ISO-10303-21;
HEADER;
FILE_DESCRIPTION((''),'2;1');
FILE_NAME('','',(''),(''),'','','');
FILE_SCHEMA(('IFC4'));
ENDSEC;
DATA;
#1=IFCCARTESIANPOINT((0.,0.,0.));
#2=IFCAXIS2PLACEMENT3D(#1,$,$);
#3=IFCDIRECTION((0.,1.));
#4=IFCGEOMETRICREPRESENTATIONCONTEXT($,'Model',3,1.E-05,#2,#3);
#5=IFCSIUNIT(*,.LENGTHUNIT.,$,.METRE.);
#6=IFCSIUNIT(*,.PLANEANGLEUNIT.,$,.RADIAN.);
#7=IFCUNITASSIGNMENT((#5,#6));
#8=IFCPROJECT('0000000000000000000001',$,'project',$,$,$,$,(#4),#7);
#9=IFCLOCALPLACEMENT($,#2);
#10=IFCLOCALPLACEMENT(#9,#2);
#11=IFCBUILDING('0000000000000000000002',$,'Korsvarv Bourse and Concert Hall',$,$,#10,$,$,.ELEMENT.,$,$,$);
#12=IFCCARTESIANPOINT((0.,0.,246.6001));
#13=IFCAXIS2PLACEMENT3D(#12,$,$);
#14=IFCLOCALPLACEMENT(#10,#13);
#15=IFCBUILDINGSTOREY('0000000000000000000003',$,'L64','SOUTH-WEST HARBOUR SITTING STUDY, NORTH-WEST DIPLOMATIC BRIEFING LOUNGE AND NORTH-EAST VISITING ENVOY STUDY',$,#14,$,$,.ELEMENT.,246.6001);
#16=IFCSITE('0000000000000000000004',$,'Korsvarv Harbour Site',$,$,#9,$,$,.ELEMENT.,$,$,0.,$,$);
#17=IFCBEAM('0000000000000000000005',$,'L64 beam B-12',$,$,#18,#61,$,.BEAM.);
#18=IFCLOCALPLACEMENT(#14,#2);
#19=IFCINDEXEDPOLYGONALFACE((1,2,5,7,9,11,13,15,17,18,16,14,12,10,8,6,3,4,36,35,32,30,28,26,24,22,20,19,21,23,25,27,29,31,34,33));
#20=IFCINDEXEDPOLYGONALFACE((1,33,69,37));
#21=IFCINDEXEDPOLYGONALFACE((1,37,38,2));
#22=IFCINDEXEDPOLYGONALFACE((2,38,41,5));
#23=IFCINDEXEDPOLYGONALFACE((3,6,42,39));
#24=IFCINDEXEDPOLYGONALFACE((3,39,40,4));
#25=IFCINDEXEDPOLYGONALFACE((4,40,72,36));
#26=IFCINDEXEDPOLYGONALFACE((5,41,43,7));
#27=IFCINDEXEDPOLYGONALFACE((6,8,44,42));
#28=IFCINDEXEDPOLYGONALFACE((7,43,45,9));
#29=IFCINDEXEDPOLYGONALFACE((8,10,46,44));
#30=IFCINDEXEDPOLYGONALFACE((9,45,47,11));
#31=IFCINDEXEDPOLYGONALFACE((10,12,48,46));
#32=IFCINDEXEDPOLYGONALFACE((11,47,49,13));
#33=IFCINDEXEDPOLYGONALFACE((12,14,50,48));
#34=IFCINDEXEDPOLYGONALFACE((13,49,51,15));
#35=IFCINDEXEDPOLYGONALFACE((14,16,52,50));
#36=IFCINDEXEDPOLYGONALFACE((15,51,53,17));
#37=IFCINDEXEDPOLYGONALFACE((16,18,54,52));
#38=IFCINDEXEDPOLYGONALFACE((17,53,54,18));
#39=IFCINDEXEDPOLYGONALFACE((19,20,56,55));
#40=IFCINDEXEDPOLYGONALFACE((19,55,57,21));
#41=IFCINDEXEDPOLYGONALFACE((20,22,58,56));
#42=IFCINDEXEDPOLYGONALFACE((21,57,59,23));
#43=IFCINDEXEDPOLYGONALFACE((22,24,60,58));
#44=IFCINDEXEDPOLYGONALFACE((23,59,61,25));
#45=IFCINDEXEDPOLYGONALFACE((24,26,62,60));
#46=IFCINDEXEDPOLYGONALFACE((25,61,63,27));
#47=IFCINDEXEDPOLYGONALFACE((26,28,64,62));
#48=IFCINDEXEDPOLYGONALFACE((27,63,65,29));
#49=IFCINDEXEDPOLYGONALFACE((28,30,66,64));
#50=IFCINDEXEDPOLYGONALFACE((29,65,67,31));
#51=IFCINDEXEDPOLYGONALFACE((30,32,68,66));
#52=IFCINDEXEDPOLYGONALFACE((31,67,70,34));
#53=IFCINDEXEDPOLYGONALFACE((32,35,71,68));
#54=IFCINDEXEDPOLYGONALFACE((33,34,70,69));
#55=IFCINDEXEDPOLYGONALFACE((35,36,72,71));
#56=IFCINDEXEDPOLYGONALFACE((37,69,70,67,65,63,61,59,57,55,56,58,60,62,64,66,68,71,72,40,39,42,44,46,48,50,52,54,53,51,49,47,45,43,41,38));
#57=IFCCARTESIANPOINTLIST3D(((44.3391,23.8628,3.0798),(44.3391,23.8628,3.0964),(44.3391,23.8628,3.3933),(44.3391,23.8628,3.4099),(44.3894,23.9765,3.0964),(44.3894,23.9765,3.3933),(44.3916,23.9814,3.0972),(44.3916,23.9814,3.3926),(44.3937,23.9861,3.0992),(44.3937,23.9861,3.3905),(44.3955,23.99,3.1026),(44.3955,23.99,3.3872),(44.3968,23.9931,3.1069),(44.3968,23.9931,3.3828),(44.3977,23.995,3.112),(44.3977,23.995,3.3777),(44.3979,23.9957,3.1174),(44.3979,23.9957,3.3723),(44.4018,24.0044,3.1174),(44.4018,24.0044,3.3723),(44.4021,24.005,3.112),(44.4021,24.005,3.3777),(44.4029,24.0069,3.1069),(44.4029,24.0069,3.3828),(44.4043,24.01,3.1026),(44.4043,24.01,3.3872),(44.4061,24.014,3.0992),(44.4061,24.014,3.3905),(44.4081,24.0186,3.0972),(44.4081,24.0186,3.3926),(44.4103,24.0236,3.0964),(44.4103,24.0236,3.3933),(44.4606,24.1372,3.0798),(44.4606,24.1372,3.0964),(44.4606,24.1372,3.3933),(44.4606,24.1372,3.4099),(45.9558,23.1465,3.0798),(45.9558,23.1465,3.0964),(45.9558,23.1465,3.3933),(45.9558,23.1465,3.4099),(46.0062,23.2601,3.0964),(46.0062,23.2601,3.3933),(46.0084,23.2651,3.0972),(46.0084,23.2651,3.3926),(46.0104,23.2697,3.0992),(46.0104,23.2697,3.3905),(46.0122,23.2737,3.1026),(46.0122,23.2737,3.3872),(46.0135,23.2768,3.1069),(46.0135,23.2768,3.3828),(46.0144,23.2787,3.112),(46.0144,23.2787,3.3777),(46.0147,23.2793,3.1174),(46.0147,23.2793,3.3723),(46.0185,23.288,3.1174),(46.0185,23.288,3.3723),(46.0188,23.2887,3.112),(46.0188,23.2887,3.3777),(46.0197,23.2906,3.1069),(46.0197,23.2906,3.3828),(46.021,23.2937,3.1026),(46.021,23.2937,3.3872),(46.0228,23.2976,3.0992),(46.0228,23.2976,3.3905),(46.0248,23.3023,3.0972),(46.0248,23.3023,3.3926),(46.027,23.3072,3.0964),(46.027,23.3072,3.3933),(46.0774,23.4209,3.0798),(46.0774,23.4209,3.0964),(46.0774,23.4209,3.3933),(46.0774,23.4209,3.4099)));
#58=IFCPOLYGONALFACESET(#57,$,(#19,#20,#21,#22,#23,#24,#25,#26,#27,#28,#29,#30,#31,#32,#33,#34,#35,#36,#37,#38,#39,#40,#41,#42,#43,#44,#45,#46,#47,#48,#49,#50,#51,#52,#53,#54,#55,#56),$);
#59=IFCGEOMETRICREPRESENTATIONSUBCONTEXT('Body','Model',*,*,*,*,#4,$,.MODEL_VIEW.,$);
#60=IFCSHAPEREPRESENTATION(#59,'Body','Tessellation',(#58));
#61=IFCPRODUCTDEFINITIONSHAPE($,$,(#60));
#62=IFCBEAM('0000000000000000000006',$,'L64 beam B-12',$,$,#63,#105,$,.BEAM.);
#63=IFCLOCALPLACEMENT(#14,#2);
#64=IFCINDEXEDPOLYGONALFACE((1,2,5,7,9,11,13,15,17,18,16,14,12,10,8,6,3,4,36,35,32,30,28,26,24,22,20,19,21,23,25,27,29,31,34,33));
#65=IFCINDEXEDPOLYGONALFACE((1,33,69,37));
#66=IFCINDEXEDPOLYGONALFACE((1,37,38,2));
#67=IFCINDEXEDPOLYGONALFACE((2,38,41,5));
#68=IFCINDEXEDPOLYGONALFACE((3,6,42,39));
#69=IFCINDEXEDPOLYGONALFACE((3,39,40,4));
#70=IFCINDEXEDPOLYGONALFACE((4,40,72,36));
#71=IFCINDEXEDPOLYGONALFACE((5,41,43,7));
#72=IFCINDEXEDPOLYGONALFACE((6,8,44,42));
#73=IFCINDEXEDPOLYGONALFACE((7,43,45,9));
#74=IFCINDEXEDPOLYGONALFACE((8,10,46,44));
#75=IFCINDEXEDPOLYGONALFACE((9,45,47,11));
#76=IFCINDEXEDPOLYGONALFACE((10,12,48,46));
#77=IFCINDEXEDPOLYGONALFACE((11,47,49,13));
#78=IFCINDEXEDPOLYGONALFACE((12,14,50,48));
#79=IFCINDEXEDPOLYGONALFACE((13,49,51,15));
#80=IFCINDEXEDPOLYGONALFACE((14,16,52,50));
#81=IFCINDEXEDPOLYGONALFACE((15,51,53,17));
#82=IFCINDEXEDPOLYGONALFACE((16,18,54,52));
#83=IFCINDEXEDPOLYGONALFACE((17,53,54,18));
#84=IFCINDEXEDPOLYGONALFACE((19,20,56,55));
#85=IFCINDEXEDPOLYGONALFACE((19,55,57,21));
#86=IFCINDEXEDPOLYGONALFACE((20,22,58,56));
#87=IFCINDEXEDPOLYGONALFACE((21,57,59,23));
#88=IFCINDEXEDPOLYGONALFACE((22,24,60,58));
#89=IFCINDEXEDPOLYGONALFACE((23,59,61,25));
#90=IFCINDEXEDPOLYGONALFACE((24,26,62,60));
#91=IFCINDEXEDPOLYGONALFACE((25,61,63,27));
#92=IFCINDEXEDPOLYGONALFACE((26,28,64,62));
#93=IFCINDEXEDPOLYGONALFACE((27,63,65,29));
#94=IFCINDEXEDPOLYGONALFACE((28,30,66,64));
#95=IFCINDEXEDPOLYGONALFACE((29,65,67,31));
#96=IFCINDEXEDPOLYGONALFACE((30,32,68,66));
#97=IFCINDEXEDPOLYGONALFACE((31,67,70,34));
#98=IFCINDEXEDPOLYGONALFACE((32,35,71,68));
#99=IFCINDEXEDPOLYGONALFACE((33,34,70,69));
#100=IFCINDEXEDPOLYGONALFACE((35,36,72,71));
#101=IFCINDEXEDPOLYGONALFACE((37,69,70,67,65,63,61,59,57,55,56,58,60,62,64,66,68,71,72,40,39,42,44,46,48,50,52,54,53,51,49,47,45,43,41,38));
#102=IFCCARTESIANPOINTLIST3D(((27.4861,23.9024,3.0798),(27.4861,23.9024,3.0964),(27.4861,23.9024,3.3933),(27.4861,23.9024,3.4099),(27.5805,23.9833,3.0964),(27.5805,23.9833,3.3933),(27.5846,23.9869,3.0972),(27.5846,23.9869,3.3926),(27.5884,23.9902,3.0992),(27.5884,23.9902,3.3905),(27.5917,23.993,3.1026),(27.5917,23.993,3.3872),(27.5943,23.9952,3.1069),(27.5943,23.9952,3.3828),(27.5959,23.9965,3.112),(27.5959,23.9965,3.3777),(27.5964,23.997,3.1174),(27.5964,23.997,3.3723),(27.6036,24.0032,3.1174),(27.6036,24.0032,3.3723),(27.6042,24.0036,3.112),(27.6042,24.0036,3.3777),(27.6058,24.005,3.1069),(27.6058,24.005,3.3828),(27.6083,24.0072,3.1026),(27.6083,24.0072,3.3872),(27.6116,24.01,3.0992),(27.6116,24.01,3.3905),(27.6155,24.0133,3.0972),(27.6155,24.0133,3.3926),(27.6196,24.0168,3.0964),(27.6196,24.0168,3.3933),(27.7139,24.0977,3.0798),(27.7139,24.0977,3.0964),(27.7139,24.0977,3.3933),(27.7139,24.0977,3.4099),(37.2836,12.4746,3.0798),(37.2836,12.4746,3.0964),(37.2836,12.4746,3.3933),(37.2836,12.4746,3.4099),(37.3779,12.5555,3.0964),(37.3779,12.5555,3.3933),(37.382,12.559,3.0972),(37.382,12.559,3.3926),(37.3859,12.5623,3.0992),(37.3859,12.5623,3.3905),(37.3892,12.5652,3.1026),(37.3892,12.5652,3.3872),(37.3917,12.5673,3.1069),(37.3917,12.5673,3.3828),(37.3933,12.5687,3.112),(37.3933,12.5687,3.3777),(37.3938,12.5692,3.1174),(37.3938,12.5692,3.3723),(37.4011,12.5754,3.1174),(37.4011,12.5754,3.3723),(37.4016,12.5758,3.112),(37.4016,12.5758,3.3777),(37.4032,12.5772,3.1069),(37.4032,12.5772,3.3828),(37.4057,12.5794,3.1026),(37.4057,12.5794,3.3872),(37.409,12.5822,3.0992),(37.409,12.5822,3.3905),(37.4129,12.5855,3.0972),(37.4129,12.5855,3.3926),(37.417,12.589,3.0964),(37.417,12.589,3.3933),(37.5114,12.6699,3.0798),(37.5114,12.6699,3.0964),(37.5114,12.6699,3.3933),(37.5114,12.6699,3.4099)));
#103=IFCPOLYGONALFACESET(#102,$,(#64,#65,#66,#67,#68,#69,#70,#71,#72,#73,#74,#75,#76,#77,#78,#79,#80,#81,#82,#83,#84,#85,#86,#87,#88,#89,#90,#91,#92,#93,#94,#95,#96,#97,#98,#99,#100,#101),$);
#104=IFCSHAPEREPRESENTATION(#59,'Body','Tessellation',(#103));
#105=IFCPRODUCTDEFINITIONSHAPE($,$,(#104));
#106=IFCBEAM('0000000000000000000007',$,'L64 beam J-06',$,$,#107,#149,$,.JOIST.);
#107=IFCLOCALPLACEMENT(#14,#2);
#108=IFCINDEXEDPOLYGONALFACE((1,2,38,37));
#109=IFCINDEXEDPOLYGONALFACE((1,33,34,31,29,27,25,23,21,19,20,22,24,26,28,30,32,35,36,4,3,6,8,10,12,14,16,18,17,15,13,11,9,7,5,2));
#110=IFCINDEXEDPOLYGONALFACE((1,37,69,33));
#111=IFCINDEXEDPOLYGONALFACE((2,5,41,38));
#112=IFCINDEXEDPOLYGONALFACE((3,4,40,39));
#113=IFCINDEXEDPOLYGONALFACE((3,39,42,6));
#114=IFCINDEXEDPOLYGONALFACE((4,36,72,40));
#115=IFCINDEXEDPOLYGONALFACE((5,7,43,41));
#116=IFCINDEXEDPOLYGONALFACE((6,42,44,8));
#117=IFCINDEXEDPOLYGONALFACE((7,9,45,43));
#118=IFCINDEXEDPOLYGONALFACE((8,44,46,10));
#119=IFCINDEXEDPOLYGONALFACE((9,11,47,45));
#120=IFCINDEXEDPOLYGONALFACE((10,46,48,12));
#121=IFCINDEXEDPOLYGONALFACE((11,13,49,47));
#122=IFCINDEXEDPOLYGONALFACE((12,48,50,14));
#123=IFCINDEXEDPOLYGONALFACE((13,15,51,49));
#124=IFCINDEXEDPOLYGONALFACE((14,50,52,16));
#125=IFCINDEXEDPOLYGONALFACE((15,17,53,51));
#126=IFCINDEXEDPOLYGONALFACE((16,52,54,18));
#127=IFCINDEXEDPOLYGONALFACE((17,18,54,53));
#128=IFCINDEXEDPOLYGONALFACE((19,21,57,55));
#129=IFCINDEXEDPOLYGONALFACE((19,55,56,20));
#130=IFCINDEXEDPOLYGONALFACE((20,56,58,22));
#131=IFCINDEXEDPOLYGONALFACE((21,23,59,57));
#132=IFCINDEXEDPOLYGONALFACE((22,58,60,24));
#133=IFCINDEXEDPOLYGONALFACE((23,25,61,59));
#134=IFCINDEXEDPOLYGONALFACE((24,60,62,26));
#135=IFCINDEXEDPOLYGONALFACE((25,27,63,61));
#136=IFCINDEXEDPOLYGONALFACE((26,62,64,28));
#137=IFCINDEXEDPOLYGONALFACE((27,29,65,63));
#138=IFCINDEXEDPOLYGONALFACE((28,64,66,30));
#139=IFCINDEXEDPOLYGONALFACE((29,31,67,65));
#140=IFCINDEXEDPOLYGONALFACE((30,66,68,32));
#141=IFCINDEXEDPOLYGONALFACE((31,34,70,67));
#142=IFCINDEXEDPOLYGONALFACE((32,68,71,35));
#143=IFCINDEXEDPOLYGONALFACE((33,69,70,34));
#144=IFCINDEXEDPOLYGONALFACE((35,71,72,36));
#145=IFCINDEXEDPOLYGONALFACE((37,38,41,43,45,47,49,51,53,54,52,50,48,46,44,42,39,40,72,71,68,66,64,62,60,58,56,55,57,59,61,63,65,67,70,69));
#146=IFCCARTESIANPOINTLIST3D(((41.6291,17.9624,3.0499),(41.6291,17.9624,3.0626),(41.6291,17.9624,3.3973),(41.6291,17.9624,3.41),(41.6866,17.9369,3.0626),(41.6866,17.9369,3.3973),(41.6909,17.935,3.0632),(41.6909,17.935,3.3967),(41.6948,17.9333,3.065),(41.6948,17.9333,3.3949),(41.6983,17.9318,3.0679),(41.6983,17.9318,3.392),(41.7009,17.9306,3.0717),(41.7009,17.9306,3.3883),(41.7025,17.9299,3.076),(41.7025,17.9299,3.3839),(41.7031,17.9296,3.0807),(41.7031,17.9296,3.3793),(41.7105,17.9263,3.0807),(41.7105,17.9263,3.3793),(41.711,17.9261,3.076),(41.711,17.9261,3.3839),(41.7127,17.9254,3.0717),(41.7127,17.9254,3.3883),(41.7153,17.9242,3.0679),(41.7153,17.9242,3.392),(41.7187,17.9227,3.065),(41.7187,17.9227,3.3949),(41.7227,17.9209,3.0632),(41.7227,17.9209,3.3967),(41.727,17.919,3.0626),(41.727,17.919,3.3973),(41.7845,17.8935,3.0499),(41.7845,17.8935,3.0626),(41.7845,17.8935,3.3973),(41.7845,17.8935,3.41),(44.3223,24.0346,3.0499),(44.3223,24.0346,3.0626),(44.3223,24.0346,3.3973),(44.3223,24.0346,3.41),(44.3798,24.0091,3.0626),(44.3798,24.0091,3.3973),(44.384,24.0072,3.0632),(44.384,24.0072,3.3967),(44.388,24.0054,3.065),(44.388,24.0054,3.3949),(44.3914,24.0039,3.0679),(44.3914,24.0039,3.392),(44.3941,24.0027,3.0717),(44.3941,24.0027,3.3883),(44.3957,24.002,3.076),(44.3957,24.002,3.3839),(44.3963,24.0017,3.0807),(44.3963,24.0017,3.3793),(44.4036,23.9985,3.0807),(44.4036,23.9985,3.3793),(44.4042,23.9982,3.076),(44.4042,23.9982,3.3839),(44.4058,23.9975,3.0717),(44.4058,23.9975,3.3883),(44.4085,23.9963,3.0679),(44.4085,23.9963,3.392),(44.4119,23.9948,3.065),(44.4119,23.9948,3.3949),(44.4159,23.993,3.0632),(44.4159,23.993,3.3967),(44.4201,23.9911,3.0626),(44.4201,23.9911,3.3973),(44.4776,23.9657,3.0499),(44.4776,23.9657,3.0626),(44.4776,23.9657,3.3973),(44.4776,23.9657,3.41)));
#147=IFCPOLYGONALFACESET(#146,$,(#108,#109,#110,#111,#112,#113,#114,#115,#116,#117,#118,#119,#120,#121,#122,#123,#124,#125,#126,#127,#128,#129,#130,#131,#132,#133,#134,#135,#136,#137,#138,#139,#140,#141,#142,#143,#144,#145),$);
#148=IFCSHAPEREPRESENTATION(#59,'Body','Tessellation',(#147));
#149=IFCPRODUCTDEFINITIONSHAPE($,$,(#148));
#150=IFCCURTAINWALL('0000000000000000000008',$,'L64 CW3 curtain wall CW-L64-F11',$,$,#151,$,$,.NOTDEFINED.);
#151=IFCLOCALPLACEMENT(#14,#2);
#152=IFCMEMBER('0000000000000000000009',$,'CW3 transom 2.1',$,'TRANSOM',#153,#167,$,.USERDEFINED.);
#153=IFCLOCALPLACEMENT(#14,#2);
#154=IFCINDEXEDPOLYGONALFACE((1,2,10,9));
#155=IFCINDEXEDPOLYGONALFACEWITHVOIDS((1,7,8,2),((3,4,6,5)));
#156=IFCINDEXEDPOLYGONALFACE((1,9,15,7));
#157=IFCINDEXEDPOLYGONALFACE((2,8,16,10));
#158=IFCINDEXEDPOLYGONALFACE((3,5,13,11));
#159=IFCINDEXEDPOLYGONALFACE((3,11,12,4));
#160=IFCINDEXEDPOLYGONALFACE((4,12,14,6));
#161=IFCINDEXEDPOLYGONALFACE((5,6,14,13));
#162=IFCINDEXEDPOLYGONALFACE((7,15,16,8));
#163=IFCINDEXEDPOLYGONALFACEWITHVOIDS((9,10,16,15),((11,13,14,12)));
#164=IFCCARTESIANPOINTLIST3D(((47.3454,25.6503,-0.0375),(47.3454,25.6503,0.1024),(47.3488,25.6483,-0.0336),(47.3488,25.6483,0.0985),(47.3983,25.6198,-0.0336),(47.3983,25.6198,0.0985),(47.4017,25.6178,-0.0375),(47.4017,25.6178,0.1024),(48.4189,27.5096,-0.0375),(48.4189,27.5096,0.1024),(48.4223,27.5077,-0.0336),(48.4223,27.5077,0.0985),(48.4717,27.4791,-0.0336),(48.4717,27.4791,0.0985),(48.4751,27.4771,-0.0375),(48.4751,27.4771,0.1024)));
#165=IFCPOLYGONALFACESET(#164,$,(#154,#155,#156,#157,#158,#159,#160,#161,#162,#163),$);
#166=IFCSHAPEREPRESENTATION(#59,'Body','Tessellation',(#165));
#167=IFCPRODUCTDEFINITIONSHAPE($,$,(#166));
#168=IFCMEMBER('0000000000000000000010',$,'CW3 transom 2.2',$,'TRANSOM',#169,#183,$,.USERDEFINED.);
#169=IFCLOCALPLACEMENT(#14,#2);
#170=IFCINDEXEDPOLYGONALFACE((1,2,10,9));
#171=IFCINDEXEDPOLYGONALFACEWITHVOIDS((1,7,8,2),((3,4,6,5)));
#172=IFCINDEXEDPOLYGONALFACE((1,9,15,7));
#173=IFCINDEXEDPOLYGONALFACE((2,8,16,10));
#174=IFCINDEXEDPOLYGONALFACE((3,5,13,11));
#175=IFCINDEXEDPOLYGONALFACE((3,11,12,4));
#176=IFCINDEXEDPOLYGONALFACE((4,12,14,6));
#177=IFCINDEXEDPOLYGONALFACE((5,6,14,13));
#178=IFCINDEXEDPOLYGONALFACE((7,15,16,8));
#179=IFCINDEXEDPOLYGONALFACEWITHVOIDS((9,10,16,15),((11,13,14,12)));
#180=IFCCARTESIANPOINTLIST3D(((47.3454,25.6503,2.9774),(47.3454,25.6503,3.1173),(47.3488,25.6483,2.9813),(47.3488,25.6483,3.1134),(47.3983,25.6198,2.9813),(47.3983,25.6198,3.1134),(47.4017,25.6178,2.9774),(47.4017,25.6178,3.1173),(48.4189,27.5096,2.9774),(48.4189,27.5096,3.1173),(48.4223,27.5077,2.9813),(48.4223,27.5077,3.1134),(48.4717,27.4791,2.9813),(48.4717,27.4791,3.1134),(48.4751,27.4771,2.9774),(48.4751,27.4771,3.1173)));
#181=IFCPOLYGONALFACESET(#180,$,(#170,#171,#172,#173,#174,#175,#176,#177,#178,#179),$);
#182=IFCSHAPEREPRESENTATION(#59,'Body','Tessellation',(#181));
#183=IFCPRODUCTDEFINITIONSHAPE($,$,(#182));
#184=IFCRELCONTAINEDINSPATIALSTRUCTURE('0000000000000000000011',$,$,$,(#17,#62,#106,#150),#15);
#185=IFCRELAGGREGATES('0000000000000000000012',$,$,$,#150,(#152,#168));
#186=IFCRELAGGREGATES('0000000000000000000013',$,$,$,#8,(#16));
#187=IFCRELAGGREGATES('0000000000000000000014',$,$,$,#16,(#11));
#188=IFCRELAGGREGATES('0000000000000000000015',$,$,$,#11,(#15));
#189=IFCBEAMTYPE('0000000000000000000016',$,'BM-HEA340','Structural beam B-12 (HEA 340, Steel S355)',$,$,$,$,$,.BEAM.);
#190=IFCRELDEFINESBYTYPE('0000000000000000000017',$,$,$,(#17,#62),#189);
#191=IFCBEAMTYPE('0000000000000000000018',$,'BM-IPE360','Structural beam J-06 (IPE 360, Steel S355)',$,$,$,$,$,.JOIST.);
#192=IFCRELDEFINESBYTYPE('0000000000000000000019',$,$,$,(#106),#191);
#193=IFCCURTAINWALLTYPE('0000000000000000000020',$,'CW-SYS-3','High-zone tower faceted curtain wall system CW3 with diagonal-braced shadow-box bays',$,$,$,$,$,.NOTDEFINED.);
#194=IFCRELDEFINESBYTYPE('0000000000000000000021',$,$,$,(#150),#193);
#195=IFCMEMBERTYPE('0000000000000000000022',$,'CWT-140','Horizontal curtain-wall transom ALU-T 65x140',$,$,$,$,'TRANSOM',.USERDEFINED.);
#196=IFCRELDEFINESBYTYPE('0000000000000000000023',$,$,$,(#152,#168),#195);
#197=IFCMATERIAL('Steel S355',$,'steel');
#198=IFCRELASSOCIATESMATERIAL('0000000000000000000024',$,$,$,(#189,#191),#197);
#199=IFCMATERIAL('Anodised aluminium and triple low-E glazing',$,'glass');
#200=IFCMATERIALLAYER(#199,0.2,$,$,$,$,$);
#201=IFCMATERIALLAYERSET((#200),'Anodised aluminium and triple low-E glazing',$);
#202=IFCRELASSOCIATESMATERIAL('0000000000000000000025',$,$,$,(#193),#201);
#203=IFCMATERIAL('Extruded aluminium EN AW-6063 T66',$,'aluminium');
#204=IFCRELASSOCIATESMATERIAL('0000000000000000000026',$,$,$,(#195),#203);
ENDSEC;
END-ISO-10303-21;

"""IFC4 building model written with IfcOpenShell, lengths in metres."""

from ifc_helpers import new_model, si_unit, direction, frame, origin, origin_2d, place, context, subcontext, project, spatial, hollow_rectangle, i_section, extrude, source, transform, mapped, material, layer, layer_set, material_profile, profile_set, type_object, element, aggregate, save


model = new_model("IFC4")

# Units and contexts
model_context = context("Model", 3, precision=1e-05, world=origin(), true_north=direction((0.0, 1.0)))
body_context = subcontext(model_context, "Body", "Model", "MODEL_VIEW")
ifc_project = project(units=[si_unit("LENGTHUNIT", "METRE"), si_unit("PLANEANGLEUNIT", "RADIAN")], contexts=[model_context])

# Site, building, storey
site_placement = place(None, origin())
site = spatial("IfcSite", under=ifc_project, at=site_placement, Name="Korsvarv Harbour Site", CompositionType="ELEMENT", RefElevation=0.0)
building_placement = place(site_placement, origin())
building = spatial("IfcBuilding", under=site, at=building_placement, Name="Korsvarv Bourse and Concert Hall", CompositionType="ELEMENT")
storey_placement = place(building_placement, frame((0.0, 0.0, 246.6001)))
storey = spatial("IfcBuildingStorey", under=building, at=storey_placement, Name="L64", Description="SOUTH-WEST HARBOUR SITTING STUDY, NORTH-WEST DIPLOMATIC BRIEFING LOUNGE AND NORTH-EAST VISITING ENVOY STUDY", CompositionType="ELEMENT", Elevation=246.6001)

# Shared definitions
ifc_material_1 = material(Name="Steel S355", Category="steel")

# Beams
ifc_material_profile_1 = material_profile(ifc_material_1, i_section(OverallWidth=0.3, OverallDepth=0.3301, WebThickness=0.0095, FlangeThickness=0.0166, FilletRadius=0.021, at=origin_2d()), Name="HEA 340")
ifc_profile_set_1 = profile_set([ifc_material_profile_1], Name="Steel S355")
beam_type_1 = type_object("IfcBeamType", Name="BM-HEA340", Description="Structural beam B-12 (HEA 340, Steel S355)", PredefinedType="BEAM", material=ifc_profile_set_1)
shared_shape_1 = source(origin(), body_context, "Body", "SweptSolid", [
    extrude(i_section(OverallWidth=0.3, OverallDepth=0.3301, WebThickness=0.0095, FlangeThickness=0.0166, FilletRadius=0.021, at=origin_2d()), origin(), (0.0, 0.0, 1.0), 1.7683),
])
beam_1_placement = place(storey_placement, frame((46.0166, 23.2837, 3.2449), z_axis=(-0.914278, 0.405088, 0.0), x_axis=(-0.405088, -0.914278, 0.0)))
element("IfcBeam", 1, at=beam_1_placement, inside=storey, type_object=beam_type_1, Name="L64 beam B-12", PredefinedType="BEAM", context=body_context, shape_type="MappedRepresentation", body=[
    mapped(shared_shape_1, transform((0.0, 0.0, 0.0), scale=1.0)),
])
shared_shape_2 = source(origin(), body_context, "Body", "SweptSolid", [
    extrude(i_section(OverallWidth=0.3, OverallDepth=0.3301, WebThickness=0.0095, FlangeThickness=0.0166, FilletRadius=0.021, at=origin_2d()), origin(), (0.0, 0.0, 1.0), 15.0527),
])
beam_2_placement = place(storey_placement, frame((37.3975, 12.5723, 3.2449), z_axis=(-0.650874, 0.759186, 0.0), x_axis=(-0.759186, -0.650874, 0.0)))
element("IfcBeam", 2, at=beam_2_placement, inside=storey, type_object=beam_type_1, Name="L64 beam B-12", PredefinedType="BEAM", context=body_context, shape_type="MappedRepresentation", body=[
    mapped(shared_shape_2, transform((0.0, 0.0, 0.0), scale=1.0)),
])
ifc_material_profile_2 = material_profile(ifc_material_1, i_section(OverallWidth=0.1699, OverallDepth=0.3601, WebThickness=0.0081, FlangeThickness=0.0127, FilletRadius=0.0181, at=origin_2d()), Name="IPE 360")
ifc_profile_set_2 = profile_set([ifc_material_profile_2], Name="Steel S355")
beam_type_2 = type_object("IfcBeamType", Name="BM-IPE360", Description="Structural beam J-06 (IPE 360, Steel S355)", PredefinedType="JOIST", material=ifc_profile_set_2)
shared_shape_3 = source(origin(), body_context, "Body", "SweptSolid", [
    extrude(i_section(OverallWidth=0.1699, OverallDepth=0.3601, WebThickness=0.0081, FlangeThickness=0.0127, FilletRadius=0.0181, at=origin_2d()), origin(), (0.0, 0.0, 1.0), 6.6426),
])
beam_3_placement = place(storey_placement, frame((41.7068, 17.928, 3.23), z_axis=(0.405439, 0.914122, 0.0), x_axis=(-0.914122, 0.405439, 0.0)))
element("IfcBeam", 3, at=beam_3_placement, inside=storey, type_object=beam_type_2, Name="L64 beam J-06", PredefinedType="JOIST", context=body_context, shape_type="MappedRepresentation", body=[
    mapped(shared_shape_3, transform((0.0, 0.0, 0.0), scale=1.0)),
])

# Curtain wall, members
ifc_material_2 = material(Name="Anodised aluminium and triple low-E glazing", Category="glass")
ifc_layer_1 = layer(ifc_material_2, 0.2)
ifc_layer_set_1 = layer_set([ifc_layer_1], Name="Anodised aluminium and triple low-E glazing")
curtain_wall_type = type_object("IfcCurtainWallType", Name="CW-SYS-3", Description="High-zone tower faceted curtain wall system CW3 with diagonal-braced shadow-box bays", PredefinedType="NOTDEFINED", material=ifc_layer_set_1)
curtain_wall_placement = place(storey_placement, origin())
curtain_wall = element("IfcCurtainWall", 4, at=curtain_wall_placement, inside=storey, type_object=curtain_wall_type, Name="L64 CW3 curtain wall CW-L64-F11", PredefinedType="NOTDEFINED")
ifc_material_3 = material(Name="Extruded aluminium EN AW-6063 T66", Category="aluminium")
ifc_material_profile_3 = material_profile(ifc_material_3, hollow_rectangle(XDim=0.0649, YDim=0.1399, WallThickness=0.0039, at=origin_2d()), Name="ALU-T 65x140")
ifc_profile_set_3 = profile_set([ifc_material_profile_3], Name="Extruded aluminium EN AW-6063 T66")
member_type_1 = type_object("IfcMemberType", Name="CWT-140", Description="Horizontal curtain-wall transom ALU-T 65x140", ElementType="TRANSOM", PredefinedType="USERDEFINED", material=ifc_profile_set_3)
shared_shape_4 = source(origin(), body_context, "Body", "SweptSolid", [
    extrude(hollow_rectangle(XDim=0.0649, YDim=0.1399, WallThickness=0.0039, at=origin_2d()), origin(), (0.0, 0.0, 1.0), 2.147),
])
member_1_placement = place(storey_placement, frame((47.3735, 25.634, 0.0325), z_axis=(0.499992, 0.86603, 0.0), x_axis=(-0.86603, 0.499992, 0.0)))
member_1 = element("IfcMember", 5, at=member_1_placement, type_object=member_type_1, Name="CW3 transom 2.1", ObjectType="TRANSOM", PredefinedType="USERDEFINED", context=body_context, shape_type="MappedRepresentation", body=[
    mapped(shared_shape_4, transform((0.0, 0.0, 0.0), scale=1.0)),
])
member_2_placement = place(storey_placement, frame((47.3735, 25.634, 3.0474), z_axis=(0.499992, 0.86603, 0.0), x_axis=(-0.86603, 0.499992, 0.0)))
member_2 = element("IfcMember", 6, at=member_2_placement, type_object=member_type_1, Name="CW3 transom 2.2", ObjectType="TRANSOM", PredefinedType="USERDEFINED", context=body_context, shape_type="MappedRepresentation", body=[
    mapped(shared_shape_4, transform((0.0, 0.0, 0.0), scale=1.0)),
])
aggregate(curtain_wall, [member_1, member_2])

save(model, "model.ifc")
